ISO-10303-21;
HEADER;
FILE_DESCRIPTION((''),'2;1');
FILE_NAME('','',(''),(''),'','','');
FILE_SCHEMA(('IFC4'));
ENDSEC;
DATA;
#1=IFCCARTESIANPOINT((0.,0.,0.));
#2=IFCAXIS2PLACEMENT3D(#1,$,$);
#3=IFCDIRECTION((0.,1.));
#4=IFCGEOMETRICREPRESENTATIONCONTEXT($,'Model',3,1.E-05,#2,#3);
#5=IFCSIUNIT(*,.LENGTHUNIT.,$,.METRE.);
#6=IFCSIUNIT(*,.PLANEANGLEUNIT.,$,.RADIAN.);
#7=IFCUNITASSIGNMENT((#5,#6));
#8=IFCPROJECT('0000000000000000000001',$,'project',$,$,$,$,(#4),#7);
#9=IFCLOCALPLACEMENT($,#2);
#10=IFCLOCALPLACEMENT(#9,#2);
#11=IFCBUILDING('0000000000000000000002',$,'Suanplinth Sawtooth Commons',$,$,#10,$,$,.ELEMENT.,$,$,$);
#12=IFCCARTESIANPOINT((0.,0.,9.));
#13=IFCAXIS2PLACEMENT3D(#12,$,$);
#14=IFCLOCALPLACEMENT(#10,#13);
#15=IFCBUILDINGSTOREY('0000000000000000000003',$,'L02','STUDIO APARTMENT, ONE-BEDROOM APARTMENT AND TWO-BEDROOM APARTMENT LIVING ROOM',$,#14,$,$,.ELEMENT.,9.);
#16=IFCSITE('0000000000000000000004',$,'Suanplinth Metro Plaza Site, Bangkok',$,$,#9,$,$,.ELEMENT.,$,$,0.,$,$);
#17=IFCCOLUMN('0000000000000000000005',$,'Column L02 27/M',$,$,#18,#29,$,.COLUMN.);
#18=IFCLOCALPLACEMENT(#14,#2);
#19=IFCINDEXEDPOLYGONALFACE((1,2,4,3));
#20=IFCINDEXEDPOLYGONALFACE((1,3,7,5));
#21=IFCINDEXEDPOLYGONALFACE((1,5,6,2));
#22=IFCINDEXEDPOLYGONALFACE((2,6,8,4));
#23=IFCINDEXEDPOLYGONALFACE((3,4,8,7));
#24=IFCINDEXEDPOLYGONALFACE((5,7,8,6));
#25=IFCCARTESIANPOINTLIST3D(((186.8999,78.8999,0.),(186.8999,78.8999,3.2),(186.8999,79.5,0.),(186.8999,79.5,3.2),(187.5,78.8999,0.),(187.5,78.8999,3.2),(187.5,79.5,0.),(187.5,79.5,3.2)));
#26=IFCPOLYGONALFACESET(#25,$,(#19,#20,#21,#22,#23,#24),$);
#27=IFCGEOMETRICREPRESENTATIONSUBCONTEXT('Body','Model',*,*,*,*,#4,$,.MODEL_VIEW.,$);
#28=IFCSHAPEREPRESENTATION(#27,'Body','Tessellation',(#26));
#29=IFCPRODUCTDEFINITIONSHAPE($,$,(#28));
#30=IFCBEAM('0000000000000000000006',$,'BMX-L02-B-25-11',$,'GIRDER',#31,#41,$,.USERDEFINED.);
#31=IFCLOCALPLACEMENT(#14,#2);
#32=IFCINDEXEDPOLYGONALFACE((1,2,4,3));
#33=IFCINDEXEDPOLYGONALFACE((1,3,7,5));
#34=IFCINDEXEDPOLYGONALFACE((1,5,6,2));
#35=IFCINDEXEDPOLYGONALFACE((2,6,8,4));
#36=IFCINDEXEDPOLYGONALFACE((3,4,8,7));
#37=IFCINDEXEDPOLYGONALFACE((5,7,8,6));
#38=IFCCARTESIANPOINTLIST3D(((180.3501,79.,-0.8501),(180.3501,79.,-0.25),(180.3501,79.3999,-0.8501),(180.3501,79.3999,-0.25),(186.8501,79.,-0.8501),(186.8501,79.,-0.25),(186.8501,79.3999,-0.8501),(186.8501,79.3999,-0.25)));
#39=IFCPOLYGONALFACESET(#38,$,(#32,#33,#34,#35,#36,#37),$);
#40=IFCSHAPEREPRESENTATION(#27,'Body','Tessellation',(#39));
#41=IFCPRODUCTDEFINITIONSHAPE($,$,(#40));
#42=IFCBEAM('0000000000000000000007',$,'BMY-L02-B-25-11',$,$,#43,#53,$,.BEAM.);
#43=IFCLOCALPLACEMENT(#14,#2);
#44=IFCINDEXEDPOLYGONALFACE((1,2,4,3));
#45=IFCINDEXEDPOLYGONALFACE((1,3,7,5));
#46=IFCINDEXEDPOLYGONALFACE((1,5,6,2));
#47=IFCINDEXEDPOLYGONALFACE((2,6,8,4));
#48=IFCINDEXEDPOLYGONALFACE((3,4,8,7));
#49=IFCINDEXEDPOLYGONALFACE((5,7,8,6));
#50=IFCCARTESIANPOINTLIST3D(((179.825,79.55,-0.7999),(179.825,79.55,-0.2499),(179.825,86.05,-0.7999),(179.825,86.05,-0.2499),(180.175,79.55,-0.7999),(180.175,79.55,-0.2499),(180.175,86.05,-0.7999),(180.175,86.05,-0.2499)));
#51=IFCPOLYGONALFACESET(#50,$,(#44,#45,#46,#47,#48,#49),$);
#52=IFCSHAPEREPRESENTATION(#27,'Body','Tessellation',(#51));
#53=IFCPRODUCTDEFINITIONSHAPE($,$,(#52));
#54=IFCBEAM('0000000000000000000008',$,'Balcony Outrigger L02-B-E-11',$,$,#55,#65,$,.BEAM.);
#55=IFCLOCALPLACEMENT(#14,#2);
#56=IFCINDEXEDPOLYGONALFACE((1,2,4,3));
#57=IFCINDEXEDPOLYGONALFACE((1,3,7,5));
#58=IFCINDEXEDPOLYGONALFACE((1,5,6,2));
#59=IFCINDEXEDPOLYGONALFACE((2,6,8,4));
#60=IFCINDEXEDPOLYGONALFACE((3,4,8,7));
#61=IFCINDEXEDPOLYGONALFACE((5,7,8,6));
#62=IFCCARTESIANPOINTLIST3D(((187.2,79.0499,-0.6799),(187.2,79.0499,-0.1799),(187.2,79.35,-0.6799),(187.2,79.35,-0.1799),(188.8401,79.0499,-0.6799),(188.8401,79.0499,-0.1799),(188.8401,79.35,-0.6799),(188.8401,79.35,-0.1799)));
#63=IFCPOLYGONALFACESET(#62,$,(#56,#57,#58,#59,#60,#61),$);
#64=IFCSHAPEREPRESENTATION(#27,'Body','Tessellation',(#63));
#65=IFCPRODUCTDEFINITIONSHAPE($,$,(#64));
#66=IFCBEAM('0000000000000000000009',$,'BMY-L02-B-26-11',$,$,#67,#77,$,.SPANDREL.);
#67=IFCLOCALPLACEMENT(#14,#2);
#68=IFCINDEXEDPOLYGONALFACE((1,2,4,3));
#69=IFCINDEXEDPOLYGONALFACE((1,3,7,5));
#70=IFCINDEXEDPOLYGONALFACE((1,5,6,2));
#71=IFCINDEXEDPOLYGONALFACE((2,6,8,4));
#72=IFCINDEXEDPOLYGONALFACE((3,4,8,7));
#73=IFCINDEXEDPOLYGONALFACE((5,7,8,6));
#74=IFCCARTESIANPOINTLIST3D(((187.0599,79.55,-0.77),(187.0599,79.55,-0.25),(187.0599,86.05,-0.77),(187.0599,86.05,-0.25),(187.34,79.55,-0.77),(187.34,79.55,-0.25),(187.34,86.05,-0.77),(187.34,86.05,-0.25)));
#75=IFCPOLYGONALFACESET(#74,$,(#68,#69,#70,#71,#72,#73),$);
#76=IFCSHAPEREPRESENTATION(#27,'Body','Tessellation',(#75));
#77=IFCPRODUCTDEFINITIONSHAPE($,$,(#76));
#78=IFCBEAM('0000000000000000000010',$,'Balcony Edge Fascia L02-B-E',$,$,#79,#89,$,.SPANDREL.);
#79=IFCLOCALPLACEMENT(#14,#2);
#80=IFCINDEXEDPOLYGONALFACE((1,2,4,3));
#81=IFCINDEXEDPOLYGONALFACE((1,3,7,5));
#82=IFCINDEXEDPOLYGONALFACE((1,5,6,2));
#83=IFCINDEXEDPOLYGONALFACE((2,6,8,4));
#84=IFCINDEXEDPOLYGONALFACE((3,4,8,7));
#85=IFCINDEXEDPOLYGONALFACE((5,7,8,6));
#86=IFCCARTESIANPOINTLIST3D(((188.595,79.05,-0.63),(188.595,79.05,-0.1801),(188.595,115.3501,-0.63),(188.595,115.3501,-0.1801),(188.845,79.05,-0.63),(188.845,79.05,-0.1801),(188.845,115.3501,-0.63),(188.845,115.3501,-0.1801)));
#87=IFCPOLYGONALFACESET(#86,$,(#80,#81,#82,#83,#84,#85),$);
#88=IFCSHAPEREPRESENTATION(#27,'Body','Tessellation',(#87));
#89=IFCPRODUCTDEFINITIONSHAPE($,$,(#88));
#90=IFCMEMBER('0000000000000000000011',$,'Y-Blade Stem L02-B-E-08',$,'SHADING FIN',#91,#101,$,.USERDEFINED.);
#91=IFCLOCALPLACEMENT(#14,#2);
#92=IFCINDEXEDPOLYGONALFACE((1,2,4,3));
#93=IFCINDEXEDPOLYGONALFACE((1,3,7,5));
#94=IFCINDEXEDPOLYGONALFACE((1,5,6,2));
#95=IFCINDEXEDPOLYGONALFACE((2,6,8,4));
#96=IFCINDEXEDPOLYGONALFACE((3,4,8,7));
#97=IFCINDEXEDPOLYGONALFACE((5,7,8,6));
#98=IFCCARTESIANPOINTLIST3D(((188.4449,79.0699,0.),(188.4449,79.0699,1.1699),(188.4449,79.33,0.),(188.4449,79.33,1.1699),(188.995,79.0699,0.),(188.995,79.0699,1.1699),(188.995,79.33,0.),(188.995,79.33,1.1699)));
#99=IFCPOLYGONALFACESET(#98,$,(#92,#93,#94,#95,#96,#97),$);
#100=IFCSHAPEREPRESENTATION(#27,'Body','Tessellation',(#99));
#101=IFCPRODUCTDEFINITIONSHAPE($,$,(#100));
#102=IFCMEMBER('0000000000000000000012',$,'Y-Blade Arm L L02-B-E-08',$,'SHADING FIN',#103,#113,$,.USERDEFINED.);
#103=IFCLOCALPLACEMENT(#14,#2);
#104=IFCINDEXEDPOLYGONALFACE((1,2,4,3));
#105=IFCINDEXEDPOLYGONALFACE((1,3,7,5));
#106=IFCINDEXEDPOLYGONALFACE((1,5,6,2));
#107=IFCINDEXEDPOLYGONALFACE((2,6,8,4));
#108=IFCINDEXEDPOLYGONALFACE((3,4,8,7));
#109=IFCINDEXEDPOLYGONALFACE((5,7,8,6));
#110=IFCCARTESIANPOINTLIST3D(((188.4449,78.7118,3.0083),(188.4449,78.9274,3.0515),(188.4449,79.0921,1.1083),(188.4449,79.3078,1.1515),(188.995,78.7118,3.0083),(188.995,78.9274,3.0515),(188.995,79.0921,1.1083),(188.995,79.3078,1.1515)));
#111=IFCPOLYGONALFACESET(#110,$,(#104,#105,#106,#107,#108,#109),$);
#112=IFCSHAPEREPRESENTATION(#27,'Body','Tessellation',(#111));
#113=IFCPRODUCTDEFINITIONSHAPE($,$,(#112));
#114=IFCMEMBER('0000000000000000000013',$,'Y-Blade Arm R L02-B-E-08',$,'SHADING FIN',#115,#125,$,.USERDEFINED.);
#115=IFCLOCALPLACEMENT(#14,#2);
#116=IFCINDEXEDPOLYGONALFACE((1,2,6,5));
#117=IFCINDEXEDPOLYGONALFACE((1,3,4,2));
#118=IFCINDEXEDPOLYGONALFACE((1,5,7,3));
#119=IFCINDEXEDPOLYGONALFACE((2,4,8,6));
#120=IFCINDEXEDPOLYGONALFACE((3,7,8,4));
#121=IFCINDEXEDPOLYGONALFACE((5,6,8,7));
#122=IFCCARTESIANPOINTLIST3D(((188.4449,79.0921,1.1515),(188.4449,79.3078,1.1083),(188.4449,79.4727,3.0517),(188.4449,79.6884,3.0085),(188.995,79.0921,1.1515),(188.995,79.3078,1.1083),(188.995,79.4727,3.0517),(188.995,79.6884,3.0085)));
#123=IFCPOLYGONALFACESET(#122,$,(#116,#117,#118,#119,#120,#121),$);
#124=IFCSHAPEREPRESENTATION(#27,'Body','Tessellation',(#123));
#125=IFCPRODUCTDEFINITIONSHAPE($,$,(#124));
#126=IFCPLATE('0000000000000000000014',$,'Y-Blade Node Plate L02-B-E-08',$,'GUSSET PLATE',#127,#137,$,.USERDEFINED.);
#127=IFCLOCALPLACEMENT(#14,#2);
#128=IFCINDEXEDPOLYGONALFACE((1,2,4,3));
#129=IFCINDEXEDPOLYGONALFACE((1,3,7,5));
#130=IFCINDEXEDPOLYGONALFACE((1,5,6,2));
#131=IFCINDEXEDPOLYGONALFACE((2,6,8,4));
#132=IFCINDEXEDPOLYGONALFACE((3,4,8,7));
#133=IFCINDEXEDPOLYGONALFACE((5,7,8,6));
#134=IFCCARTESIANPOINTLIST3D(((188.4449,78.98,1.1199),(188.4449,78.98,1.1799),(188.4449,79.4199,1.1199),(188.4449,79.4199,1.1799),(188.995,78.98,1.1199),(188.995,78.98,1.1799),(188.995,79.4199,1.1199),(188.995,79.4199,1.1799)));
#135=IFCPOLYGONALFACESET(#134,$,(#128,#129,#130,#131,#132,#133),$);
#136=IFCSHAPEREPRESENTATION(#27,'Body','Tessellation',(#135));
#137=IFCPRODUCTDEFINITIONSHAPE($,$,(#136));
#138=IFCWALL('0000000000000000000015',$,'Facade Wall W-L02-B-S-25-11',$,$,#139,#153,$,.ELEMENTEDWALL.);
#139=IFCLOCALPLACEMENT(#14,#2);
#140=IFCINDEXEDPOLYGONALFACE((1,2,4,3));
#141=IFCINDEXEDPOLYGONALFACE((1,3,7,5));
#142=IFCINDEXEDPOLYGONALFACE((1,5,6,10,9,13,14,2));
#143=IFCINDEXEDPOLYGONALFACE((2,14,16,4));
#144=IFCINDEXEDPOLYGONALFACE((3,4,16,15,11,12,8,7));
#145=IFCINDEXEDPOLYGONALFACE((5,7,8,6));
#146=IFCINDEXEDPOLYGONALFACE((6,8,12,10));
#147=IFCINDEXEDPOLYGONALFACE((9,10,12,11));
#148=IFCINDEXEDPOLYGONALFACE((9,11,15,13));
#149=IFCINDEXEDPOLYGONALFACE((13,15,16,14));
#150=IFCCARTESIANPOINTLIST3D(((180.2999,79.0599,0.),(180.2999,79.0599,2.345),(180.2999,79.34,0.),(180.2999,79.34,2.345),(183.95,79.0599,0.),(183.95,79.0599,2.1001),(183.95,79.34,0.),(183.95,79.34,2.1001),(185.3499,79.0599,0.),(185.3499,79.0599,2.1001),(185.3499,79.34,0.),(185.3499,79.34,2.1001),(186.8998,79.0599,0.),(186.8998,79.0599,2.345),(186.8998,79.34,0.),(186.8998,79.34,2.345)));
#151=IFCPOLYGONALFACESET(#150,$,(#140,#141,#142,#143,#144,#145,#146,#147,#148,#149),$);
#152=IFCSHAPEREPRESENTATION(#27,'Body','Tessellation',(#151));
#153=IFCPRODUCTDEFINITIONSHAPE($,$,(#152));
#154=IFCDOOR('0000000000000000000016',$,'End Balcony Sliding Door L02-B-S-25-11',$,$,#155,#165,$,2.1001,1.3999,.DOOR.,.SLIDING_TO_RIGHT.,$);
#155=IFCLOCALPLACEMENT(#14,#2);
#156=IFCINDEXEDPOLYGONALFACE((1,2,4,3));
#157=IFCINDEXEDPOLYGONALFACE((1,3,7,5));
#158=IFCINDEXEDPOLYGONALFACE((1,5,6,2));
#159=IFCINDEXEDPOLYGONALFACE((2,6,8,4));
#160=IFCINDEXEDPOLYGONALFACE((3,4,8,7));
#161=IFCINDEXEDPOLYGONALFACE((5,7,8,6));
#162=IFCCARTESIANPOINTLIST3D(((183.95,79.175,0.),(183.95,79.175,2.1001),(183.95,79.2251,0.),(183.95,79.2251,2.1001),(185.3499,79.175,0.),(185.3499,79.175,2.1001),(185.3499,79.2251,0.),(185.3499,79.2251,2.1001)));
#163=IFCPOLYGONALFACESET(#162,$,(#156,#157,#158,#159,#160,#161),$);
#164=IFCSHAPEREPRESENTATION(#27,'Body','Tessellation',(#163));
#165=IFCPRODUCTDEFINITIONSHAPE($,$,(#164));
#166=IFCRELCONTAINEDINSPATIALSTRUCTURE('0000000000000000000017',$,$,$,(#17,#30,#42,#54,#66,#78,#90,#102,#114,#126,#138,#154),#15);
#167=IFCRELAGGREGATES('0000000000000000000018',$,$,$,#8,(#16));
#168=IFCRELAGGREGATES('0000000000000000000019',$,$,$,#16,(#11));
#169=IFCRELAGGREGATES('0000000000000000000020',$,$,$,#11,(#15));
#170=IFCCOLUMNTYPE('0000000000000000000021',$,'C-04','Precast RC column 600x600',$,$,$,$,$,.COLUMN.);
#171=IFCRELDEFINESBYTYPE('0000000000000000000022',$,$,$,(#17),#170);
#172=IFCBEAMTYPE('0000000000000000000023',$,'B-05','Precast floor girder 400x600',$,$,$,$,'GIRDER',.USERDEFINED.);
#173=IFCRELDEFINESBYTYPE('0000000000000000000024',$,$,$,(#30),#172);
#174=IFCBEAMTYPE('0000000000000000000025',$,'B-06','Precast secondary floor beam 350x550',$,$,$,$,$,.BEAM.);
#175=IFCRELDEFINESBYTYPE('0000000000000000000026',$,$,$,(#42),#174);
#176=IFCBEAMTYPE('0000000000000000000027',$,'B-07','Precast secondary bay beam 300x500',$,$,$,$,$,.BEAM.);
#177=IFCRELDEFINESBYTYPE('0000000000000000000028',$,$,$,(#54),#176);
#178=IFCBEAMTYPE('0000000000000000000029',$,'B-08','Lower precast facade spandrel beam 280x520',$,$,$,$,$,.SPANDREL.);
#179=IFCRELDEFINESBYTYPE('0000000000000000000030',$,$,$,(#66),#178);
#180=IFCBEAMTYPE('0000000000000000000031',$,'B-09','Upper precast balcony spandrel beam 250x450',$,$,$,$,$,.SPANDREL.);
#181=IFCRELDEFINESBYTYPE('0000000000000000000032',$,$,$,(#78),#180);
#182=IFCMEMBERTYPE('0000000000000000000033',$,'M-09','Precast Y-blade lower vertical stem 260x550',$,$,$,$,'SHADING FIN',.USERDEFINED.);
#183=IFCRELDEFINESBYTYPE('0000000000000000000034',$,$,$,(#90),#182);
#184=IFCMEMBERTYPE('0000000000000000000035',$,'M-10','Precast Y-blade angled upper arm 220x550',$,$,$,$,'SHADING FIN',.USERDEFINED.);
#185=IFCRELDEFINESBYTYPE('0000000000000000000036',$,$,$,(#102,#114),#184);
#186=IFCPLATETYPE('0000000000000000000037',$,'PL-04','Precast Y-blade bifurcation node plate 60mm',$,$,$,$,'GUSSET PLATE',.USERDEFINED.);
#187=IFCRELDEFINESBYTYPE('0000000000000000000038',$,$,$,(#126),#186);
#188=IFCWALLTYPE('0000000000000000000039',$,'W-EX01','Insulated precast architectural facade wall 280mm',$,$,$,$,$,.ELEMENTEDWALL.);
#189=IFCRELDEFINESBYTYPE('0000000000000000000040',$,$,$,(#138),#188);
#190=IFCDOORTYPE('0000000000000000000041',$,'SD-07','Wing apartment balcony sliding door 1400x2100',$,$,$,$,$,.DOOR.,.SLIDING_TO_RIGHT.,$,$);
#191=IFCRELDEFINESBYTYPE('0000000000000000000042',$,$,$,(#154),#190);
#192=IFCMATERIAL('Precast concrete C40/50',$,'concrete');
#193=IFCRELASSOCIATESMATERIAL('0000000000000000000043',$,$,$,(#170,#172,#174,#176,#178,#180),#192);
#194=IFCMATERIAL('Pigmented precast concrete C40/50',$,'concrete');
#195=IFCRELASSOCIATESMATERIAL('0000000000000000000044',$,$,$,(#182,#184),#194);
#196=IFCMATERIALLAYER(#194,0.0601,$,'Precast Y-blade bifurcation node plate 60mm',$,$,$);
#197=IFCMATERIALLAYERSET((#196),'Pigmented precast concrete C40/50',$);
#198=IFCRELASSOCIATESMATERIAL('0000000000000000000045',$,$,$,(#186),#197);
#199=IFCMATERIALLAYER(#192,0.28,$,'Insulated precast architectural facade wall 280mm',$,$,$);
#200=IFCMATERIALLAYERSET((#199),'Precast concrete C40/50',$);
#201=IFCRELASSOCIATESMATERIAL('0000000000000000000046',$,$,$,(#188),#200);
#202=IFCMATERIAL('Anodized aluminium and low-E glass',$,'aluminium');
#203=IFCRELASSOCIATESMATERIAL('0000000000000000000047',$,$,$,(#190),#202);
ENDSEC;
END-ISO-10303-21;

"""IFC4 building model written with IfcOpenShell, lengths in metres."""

from ifc_helpers import new_model, si_unit, direction, frame, frame_2d, origin, origin_2d, place, context, subcontext, project, spatial, rectangle, extrude, material, layer, layer_set, material_profile, profile_set, type_object, element, fill, save


model = new_model("IFC4")

# Units and contexts
model_context = context("Model", 3, precision=1e-05, world=origin(), true_north=direction((0.0, 1.0)))
body_context = subcontext(model_context, "Body", "Model", "MODEL_VIEW")
ifc_project = project(units=[si_unit("LENGTHUNIT", "METRE"), si_unit("PLANEANGLEUNIT", "RADIAN")], contexts=[model_context])

# Site, building, storey
site_placement = place(None, origin())
site = spatial("IfcSite", under=ifc_project, at=site_placement, Name="Suanplinth Metro Plaza Site, Bangkok", CompositionType="ELEMENT", RefElevation=0.0)
building_placement = place(site_placement, origin())
building = spatial("IfcBuilding", under=site, at=building_placement, Name="Suanplinth Sawtooth Commons", CompositionType="ELEMENT")
storey_placement = place(building_placement, frame((0.0, 0.0, 9.0)))
storey = spatial("IfcBuildingStorey", under=building, at=storey_placement, Name="L02", Description="STUDIO APARTMENT, ONE-BEDROOM APARTMENT AND TWO-BEDROOM APARTMENT LIVING ROOM", CompositionType="ELEMENT", Elevation=9.0)

# Column
ifc_material_1 = material(Name="Precast concrete C40/50", Category="concrete")
ifc_material_profile_1 = material_profile(ifc_material_1, rectangle(XDim=0.6001, YDim=0.6001, at=origin_2d()), Name="PC-COL 600x600")
ifc_profile_set_1 = profile_set([ifc_material_profile_1], Name="Precast concrete C40/50")
column_type = type_object("IfcColumnType", Name="C-04", Description="Precast RC column 600x600", PredefinedType="COLUMN", material=ifc_profile_set_1)
column_placement = place(storey_placement, frame((187.2, 79.2, 0.0), z_axis=(0.0, 0.0, 1.0), x_axis=(1.0, 0.0, 0.0)))
element("IfcColumn", 1, at=column_placement, inside=storey, type_object=column_type, Name="Column L02 27/M", PredefinedType="COLUMN", context=body_context, shape_type="SweptSolid", body=[
    extrude(rectangle(XDim=0.6001, YDim=0.6001, at=origin_2d()), origin(), (0.0, 0.0, 1.0), 3.2),
])

# Beams
ifc_material_profile_2 = material_profile(ifc_material_1, rectangle(XDim=0.3999, YDim=0.6001, at=origin_2d()), Name="PC-GDR 400x600")
ifc_profile_set_2 = profile_set([ifc_material_profile_2], Name="Precast concrete C40/50")
beam_type_1 = type_object("IfcBeamType", Name="B-05", Description="Precast floor girder 400x600", ElementType="GIRDER", PredefinedType="USERDEFINED", material=ifc_profile_set_2)
beam_1_placement = place(storey_placement, frame((180.3501, 79.2, -0.55), z_axis=(1.0, 0.0, 0.0), x_axis=(0.0, 1.0, 0.0)))
element("IfcBeam", 2, at=beam_1_placement, inside=storey, type_object=beam_type_1, Name="BMX-L02-B-25-11", ObjectType="GIRDER", PredefinedType="USERDEFINED", context=body_context, shape_type="SweptSolid", body=[
    extrude(rectangle(XDim=0.3999, YDim=0.6001, at=origin_2d()), origin(), (0.0, 0.0, 1.0), 6.5),
])
ifc_material_profile_3 = material_profile(ifc_material_1, rectangle(XDim=0.3501, YDim=0.55, at=origin_2d()), Name="PC-BM 350x550")
ifc_profile_set_3 = profile_set([ifc_material_profile_3], Name="Precast concrete C40/50")
beam_type_2 = type_object("IfcBeamType", Name="B-06", Description="Precast secondary floor beam 350x550", PredefinedType="BEAM", material=ifc_profile_set_3)
beam_2_placement = place(storey_placement, frame((180.0, 79.55, -0.5249), z_axis=(0.0, 1.0, 0.0), x_axis=(-1.0, 0.0, 0.0)))
element("IfcBeam", 3, at=beam_2_placement, inside=storey, type_object=beam_type_2, Name="BMY-L02-B-25-11", PredefinedType="BEAM", context=body_context, shape_type="SweptSolid", body=[
    extrude(rectangle(XDim=0.3501, YDim=0.55, at=origin_2d()), origin(), (0.0, 0.0, 1.0), 6.5),
])
ifc_material_profile_4 = material_profile(ifc_material_1, rectangle(XDim=0.3, YDim=0.5, at=origin_2d()), Name="PC-BM 300x500")
ifc_profile_set_4 = profile_set([ifc_material_profile_4], Name="Precast concrete C40/50")
beam_type_3 = type_object("IfcBeamType", Name="B-07", Description="Precast secondary bay beam 300x500", PredefinedType="BEAM", material=ifc_profile_set_4)
beam_3_placement = place(storey_placement, frame((187.2, 79.2, -0.4299), z_axis=(1.0, 0.0, 0.0), x_axis=(0.0, 1.0, 0.0)))
element("IfcBeam", 4, at=beam_3_placement, inside=storey, type_object=beam_type_3, Name="Balcony Outrigger L02-B-E-11", PredefinedType="BEAM", context=body_context, shape_type="SweptSolid", body=[
    extrude(rectangle(XDim=0.3, YDim=0.5, at=origin_2d()), origin(), (0.0, 0.0, 1.0), 1.6401),
])
ifc_material_profile_5 = material_profile(ifc_material_1, rectangle(XDim=0.28, YDim=0.52, at=origin_2d()), Name="PC-SP 280x520")
ifc_profile_set_5 = profile_set([ifc_material_profile_5], Name="Precast concrete C40/50")
beam_type_4 = type_object("IfcBeamType", Name="B-08", Description="Lower precast facade spandrel beam 280x520", PredefinedType="SPANDREL", material=ifc_profile_set_5)
beam_4_placement = place(storey_placement, frame((187.2, 79.55, -0.51), z_axis=(0.0, 1.0, 0.0), x_axis=(-1.0, 0.0, 0.0)))
element("IfcBeam", 5, at=beam_4_placement, inside=storey, type_object=beam_type_4, Name="BMY-L02-B-26-11", PredefinedType="SPANDREL", context=body_context, shape_type="SweptSolid", body=[
    extrude(rectangle(XDim=0.28, YDim=0.52, at=origin_2d()), origin(), (0.0, 0.0, 1.0), 6.5),
])
ifc_material_profile_6 = material_profile(ifc_material_1, rectangle(XDim=0.25, YDim=0.45, at=origin_2d()), Name="PC-SP 250x450")
ifc_profile_set_6 = profile_set([ifc_material_profile_6], Name="Precast concrete C40/50")
beam_type_5 = type_object("IfcBeamType", Name="B-09", Description="Upper precast balcony spandrel beam 250x450", PredefinedType="SPANDREL", material=ifc_profile_set_6)
beam_5_placement = place(storey_placement, frame((188.72, 79.05, -0.405), z_axis=(0.0, 1.0, 0.0), x_axis=(-1.0, 0.0, 0.0)))
element("IfcBeam", 6, at=beam_5_placement, inside=storey, type_object=beam_type_5, Name="Balcony Edge Fascia L02-B-E", PredefinedType="SPANDREL", context=body_context, shape_type="SweptSolid", body=[
    extrude(rectangle(XDim=0.25, YDim=0.45, at=origin_2d()), origin(), (0.0, 0.0, 1.0), 36.3),
])

# Members
ifc_material_2 = material(Name="Pigmented precast concrete C40/50", Category="concrete")
ifc_material_profile_7 = material_profile(ifc_material_2, rectangle(XDim=0.26, YDim=0.55, at=origin_2d()), Name="PC-FIN 260x550")
ifc_profile_set_7 = profile_set([ifc_material_profile_7], Name="Pigmented precast concrete C40/50")
member_type_1 = type_object("IfcMemberType", Name="M-09", Description="Precast Y-blade lower vertical stem 260x550", ElementType="SHADING FIN", PredefinedType="USERDEFINED", material=ifc_profile_set_7)
member_1_placement = place(storey_placement, frame((188.72, 79.2, 0.0), z_axis=(0.0, 0.0, 1.0), x_axis=(0.0, 1.0, 0.0)))
element("IfcMember", 7, at=member_1_placement, inside=storey, type_object=member_type_1, Name="Y-Blade Stem L02-B-E-08", ObjectType="SHADING FIN", PredefinedType="USERDEFINED", context=body_context, shape_type="SweptSolid", body=[
    extrude(rectangle(XDim=0.26, YDim=0.55, at=origin_2d()), origin(), (0.0, 0.0, 1.0), 1.1699),
])
ifc_material_profile_8 = material_profile(ifc_material_2, rectangle(XDim=0.22, YDim=0.55, at=origin_2d()), Name="PC-FIN 220x550")
ifc_profile_set_8 = profile_set([ifc_material_profile_8], Name="Pigmented precast concrete C40/50")
member_type_2 = type_object("IfcMemberType", Name="M-10", Description="Precast Y-blade angled upper arm 220x550", ElementType="SHADING FIN", PredefinedType="USERDEFINED", material=ifc_profile_set_8)
member_2_placement = place(storey_placement, frame((188.72, 79.2, 1.1299), z_axis=(0.0, -0.196286, 0.980547), x_axis=(0.0, 0.980547, 0.196286)))
element("IfcMember", 8, at=member_2_placement, inside=storey, type_object=member_type_2, Name="Y-Blade Arm L L02-B-E-08", ObjectType="SHADING FIN", PredefinedType="USERDEFINED", context=body_context, shape_type="SweptSolid", body=[
    extrude(rectangle(XDim=0.22, YDim=0.55, at=origin_2d()), origin(), (0.0, 0.0, 1.0), 1.9377),
])
member_3_placement = place(storey_placement, frame((188.72, 79.2, 1.1299), z_axis=(0.0, 0.196407, 0.980522), x_axis=(0.0, -0.980522, 0.196407)))
element("IfcMember", 9, at=member_3_placement, inside=storey, type_object=member_type_2, Name="Y-Blade Arm R L02-B-E-08", ObjectType="SHADING FIN", PredefinedType="USERDEFINED", context=body_context, shape_type="SweptSolid", body=[
    extrude(rectangle(XDim=0.22, YDim=0.55, at=origin_2d()), origin(), (0.0, 0.0, 1.0), 1.938),
])

# Plate
ifc_layer_1 = layer(ifc_material_2, 0.0601, Name="Precast Y-blade bifurcation node plate 60mm")
ifc_layer_set_1 = layer_set([ifc_layer_1], Name="Pigmented precast concrete C40/50")
plate_type = type_object("IfcPlateType", Name="PL-04", Description="Precast Y-blade bifurcation node plate 60mm", ElementType="GUSSET PLATE", PredefinedType="USERDEFINED", material=ifc_layer_set_1)
plate_placement = place(storey_placement, frame((188.72, 79.2, 1.1199), z_axis=(0.0, 0.0, 1.0), x_axis=(0.0, 1.0, 0.0)))
element("IfcPlate", 10, at=plate_placement, inside=storey, type_object=plate_type, Name="Y-Blade Node Plate L02-B-E-08", ObjectType="GUSSET PLATE", PredefinedType="USERDEFINED", context=body_context, shape_type="SweptSolid", body=[
    extrude(rectangle(XDim=0.4399, YDim=0.55, at=origin_2d()), origin(), (0.0, 0.0, 1.0), 0.0601),
])

# Wall, opening, door
ifc_layer_2 = layer(ifc_material_1, 0.28, Name="Insulated precast architectural facade wall 280mm")
ifc_layer_set_2 = layer_set([ifc_layer_2], Name="Precast concrete C40/50")
wall_type_1 = type_object("IfcWallType", Name="W-EX01", Description="Insulated precast architectural facade wall 280mm", PredefinedType="ELEMENTEDWALL", material=ifc_layer_set_2)
wall_1_placement = place(storey_placement, frame((180.3, 79.2, 0.0), z_axis=(0.0, 0.0, 1.0), x_axis=(1.0, 0.0, 0.0)))
wall_1 = element("IfcWall", 11, at=wall_1_placement, inside=storey, type_object=wall_type_1, Name="Facade Wall W-L02-B-S-25-11", PredefinedType="ELEMENTEDWALL", context=body_context, shape_type="SweptSolid", body=[
    extrude(rectangle(XDim=6.5999, YDim=0.28, at=frame_2d((3.2998, 0.0))), origin(), (0.0, 0.0, 1.0), 2.345),
])
opening_1_placement = place(wall_1_placement, frame((3.6499, 0.0, 0.0)))
opening_1 = element("IfcOpeningElement", 12, at=opening_1_placement, cuts=wall_1, PredefinedType="OPENING", context=body_context, shape_type="SweptSolid", body=[
    extrude(rectangle(XDim=1.3999, YDim=2.1001, at=frame_2d((0.7, 1.05))), frame((0.0, 0.1548, 0.0), z_axis=(0.0, -1.0, 0.0), x_axis=(1.0, 0.0, 0.0)), (0.0, 0.0, 1.0), 0.3098),
])
ifc_material_3 = material(Name="Anodized aluminium and low-E glass", Category="aluminium")
door_type_1 = type_object("IfcDoorType", Name="SD-07", Description="Wing apartment balcony sliding door 1400x2100", OperationType="SLIDING_TO_RIGHT", PredefinedType="DOOR", material=ifc_material_3)
door_1_placement = place(opening_1_placement, frame((1.3999, 0.0, 0.0), z_axis=(0.0, 0.0, 1.0), x_axis=(-1.0, 0.0, 0.0)))
door_1 = element("IfcDoor", 13, at=door_1_placement, inside=storey, type_object=door_type_1, Name="End Balcony Sliding Door L02-B-S-25-11", OperationType="SLIDING_TO_RIGHT", OverallHeight=2.1001, OverallWidth=1.3999, PredefinedType="DOOR", context=body_context, shape_type="SweptSolid", body=[
    extrude(rectangle(XDim=1.3999, YDim=2.1001, at=frame_2d((0.7, 1.05))), frame((0.0, 0.0249, 0.0), z_axis=(0.0, -1.0, 0.0), x_axis=(1.0, 0.0, 0.0)), (0.0, 0.0, 1.0), 0.05),
])
fill(opening_1, door_1)

save(model, "model.ifc")
